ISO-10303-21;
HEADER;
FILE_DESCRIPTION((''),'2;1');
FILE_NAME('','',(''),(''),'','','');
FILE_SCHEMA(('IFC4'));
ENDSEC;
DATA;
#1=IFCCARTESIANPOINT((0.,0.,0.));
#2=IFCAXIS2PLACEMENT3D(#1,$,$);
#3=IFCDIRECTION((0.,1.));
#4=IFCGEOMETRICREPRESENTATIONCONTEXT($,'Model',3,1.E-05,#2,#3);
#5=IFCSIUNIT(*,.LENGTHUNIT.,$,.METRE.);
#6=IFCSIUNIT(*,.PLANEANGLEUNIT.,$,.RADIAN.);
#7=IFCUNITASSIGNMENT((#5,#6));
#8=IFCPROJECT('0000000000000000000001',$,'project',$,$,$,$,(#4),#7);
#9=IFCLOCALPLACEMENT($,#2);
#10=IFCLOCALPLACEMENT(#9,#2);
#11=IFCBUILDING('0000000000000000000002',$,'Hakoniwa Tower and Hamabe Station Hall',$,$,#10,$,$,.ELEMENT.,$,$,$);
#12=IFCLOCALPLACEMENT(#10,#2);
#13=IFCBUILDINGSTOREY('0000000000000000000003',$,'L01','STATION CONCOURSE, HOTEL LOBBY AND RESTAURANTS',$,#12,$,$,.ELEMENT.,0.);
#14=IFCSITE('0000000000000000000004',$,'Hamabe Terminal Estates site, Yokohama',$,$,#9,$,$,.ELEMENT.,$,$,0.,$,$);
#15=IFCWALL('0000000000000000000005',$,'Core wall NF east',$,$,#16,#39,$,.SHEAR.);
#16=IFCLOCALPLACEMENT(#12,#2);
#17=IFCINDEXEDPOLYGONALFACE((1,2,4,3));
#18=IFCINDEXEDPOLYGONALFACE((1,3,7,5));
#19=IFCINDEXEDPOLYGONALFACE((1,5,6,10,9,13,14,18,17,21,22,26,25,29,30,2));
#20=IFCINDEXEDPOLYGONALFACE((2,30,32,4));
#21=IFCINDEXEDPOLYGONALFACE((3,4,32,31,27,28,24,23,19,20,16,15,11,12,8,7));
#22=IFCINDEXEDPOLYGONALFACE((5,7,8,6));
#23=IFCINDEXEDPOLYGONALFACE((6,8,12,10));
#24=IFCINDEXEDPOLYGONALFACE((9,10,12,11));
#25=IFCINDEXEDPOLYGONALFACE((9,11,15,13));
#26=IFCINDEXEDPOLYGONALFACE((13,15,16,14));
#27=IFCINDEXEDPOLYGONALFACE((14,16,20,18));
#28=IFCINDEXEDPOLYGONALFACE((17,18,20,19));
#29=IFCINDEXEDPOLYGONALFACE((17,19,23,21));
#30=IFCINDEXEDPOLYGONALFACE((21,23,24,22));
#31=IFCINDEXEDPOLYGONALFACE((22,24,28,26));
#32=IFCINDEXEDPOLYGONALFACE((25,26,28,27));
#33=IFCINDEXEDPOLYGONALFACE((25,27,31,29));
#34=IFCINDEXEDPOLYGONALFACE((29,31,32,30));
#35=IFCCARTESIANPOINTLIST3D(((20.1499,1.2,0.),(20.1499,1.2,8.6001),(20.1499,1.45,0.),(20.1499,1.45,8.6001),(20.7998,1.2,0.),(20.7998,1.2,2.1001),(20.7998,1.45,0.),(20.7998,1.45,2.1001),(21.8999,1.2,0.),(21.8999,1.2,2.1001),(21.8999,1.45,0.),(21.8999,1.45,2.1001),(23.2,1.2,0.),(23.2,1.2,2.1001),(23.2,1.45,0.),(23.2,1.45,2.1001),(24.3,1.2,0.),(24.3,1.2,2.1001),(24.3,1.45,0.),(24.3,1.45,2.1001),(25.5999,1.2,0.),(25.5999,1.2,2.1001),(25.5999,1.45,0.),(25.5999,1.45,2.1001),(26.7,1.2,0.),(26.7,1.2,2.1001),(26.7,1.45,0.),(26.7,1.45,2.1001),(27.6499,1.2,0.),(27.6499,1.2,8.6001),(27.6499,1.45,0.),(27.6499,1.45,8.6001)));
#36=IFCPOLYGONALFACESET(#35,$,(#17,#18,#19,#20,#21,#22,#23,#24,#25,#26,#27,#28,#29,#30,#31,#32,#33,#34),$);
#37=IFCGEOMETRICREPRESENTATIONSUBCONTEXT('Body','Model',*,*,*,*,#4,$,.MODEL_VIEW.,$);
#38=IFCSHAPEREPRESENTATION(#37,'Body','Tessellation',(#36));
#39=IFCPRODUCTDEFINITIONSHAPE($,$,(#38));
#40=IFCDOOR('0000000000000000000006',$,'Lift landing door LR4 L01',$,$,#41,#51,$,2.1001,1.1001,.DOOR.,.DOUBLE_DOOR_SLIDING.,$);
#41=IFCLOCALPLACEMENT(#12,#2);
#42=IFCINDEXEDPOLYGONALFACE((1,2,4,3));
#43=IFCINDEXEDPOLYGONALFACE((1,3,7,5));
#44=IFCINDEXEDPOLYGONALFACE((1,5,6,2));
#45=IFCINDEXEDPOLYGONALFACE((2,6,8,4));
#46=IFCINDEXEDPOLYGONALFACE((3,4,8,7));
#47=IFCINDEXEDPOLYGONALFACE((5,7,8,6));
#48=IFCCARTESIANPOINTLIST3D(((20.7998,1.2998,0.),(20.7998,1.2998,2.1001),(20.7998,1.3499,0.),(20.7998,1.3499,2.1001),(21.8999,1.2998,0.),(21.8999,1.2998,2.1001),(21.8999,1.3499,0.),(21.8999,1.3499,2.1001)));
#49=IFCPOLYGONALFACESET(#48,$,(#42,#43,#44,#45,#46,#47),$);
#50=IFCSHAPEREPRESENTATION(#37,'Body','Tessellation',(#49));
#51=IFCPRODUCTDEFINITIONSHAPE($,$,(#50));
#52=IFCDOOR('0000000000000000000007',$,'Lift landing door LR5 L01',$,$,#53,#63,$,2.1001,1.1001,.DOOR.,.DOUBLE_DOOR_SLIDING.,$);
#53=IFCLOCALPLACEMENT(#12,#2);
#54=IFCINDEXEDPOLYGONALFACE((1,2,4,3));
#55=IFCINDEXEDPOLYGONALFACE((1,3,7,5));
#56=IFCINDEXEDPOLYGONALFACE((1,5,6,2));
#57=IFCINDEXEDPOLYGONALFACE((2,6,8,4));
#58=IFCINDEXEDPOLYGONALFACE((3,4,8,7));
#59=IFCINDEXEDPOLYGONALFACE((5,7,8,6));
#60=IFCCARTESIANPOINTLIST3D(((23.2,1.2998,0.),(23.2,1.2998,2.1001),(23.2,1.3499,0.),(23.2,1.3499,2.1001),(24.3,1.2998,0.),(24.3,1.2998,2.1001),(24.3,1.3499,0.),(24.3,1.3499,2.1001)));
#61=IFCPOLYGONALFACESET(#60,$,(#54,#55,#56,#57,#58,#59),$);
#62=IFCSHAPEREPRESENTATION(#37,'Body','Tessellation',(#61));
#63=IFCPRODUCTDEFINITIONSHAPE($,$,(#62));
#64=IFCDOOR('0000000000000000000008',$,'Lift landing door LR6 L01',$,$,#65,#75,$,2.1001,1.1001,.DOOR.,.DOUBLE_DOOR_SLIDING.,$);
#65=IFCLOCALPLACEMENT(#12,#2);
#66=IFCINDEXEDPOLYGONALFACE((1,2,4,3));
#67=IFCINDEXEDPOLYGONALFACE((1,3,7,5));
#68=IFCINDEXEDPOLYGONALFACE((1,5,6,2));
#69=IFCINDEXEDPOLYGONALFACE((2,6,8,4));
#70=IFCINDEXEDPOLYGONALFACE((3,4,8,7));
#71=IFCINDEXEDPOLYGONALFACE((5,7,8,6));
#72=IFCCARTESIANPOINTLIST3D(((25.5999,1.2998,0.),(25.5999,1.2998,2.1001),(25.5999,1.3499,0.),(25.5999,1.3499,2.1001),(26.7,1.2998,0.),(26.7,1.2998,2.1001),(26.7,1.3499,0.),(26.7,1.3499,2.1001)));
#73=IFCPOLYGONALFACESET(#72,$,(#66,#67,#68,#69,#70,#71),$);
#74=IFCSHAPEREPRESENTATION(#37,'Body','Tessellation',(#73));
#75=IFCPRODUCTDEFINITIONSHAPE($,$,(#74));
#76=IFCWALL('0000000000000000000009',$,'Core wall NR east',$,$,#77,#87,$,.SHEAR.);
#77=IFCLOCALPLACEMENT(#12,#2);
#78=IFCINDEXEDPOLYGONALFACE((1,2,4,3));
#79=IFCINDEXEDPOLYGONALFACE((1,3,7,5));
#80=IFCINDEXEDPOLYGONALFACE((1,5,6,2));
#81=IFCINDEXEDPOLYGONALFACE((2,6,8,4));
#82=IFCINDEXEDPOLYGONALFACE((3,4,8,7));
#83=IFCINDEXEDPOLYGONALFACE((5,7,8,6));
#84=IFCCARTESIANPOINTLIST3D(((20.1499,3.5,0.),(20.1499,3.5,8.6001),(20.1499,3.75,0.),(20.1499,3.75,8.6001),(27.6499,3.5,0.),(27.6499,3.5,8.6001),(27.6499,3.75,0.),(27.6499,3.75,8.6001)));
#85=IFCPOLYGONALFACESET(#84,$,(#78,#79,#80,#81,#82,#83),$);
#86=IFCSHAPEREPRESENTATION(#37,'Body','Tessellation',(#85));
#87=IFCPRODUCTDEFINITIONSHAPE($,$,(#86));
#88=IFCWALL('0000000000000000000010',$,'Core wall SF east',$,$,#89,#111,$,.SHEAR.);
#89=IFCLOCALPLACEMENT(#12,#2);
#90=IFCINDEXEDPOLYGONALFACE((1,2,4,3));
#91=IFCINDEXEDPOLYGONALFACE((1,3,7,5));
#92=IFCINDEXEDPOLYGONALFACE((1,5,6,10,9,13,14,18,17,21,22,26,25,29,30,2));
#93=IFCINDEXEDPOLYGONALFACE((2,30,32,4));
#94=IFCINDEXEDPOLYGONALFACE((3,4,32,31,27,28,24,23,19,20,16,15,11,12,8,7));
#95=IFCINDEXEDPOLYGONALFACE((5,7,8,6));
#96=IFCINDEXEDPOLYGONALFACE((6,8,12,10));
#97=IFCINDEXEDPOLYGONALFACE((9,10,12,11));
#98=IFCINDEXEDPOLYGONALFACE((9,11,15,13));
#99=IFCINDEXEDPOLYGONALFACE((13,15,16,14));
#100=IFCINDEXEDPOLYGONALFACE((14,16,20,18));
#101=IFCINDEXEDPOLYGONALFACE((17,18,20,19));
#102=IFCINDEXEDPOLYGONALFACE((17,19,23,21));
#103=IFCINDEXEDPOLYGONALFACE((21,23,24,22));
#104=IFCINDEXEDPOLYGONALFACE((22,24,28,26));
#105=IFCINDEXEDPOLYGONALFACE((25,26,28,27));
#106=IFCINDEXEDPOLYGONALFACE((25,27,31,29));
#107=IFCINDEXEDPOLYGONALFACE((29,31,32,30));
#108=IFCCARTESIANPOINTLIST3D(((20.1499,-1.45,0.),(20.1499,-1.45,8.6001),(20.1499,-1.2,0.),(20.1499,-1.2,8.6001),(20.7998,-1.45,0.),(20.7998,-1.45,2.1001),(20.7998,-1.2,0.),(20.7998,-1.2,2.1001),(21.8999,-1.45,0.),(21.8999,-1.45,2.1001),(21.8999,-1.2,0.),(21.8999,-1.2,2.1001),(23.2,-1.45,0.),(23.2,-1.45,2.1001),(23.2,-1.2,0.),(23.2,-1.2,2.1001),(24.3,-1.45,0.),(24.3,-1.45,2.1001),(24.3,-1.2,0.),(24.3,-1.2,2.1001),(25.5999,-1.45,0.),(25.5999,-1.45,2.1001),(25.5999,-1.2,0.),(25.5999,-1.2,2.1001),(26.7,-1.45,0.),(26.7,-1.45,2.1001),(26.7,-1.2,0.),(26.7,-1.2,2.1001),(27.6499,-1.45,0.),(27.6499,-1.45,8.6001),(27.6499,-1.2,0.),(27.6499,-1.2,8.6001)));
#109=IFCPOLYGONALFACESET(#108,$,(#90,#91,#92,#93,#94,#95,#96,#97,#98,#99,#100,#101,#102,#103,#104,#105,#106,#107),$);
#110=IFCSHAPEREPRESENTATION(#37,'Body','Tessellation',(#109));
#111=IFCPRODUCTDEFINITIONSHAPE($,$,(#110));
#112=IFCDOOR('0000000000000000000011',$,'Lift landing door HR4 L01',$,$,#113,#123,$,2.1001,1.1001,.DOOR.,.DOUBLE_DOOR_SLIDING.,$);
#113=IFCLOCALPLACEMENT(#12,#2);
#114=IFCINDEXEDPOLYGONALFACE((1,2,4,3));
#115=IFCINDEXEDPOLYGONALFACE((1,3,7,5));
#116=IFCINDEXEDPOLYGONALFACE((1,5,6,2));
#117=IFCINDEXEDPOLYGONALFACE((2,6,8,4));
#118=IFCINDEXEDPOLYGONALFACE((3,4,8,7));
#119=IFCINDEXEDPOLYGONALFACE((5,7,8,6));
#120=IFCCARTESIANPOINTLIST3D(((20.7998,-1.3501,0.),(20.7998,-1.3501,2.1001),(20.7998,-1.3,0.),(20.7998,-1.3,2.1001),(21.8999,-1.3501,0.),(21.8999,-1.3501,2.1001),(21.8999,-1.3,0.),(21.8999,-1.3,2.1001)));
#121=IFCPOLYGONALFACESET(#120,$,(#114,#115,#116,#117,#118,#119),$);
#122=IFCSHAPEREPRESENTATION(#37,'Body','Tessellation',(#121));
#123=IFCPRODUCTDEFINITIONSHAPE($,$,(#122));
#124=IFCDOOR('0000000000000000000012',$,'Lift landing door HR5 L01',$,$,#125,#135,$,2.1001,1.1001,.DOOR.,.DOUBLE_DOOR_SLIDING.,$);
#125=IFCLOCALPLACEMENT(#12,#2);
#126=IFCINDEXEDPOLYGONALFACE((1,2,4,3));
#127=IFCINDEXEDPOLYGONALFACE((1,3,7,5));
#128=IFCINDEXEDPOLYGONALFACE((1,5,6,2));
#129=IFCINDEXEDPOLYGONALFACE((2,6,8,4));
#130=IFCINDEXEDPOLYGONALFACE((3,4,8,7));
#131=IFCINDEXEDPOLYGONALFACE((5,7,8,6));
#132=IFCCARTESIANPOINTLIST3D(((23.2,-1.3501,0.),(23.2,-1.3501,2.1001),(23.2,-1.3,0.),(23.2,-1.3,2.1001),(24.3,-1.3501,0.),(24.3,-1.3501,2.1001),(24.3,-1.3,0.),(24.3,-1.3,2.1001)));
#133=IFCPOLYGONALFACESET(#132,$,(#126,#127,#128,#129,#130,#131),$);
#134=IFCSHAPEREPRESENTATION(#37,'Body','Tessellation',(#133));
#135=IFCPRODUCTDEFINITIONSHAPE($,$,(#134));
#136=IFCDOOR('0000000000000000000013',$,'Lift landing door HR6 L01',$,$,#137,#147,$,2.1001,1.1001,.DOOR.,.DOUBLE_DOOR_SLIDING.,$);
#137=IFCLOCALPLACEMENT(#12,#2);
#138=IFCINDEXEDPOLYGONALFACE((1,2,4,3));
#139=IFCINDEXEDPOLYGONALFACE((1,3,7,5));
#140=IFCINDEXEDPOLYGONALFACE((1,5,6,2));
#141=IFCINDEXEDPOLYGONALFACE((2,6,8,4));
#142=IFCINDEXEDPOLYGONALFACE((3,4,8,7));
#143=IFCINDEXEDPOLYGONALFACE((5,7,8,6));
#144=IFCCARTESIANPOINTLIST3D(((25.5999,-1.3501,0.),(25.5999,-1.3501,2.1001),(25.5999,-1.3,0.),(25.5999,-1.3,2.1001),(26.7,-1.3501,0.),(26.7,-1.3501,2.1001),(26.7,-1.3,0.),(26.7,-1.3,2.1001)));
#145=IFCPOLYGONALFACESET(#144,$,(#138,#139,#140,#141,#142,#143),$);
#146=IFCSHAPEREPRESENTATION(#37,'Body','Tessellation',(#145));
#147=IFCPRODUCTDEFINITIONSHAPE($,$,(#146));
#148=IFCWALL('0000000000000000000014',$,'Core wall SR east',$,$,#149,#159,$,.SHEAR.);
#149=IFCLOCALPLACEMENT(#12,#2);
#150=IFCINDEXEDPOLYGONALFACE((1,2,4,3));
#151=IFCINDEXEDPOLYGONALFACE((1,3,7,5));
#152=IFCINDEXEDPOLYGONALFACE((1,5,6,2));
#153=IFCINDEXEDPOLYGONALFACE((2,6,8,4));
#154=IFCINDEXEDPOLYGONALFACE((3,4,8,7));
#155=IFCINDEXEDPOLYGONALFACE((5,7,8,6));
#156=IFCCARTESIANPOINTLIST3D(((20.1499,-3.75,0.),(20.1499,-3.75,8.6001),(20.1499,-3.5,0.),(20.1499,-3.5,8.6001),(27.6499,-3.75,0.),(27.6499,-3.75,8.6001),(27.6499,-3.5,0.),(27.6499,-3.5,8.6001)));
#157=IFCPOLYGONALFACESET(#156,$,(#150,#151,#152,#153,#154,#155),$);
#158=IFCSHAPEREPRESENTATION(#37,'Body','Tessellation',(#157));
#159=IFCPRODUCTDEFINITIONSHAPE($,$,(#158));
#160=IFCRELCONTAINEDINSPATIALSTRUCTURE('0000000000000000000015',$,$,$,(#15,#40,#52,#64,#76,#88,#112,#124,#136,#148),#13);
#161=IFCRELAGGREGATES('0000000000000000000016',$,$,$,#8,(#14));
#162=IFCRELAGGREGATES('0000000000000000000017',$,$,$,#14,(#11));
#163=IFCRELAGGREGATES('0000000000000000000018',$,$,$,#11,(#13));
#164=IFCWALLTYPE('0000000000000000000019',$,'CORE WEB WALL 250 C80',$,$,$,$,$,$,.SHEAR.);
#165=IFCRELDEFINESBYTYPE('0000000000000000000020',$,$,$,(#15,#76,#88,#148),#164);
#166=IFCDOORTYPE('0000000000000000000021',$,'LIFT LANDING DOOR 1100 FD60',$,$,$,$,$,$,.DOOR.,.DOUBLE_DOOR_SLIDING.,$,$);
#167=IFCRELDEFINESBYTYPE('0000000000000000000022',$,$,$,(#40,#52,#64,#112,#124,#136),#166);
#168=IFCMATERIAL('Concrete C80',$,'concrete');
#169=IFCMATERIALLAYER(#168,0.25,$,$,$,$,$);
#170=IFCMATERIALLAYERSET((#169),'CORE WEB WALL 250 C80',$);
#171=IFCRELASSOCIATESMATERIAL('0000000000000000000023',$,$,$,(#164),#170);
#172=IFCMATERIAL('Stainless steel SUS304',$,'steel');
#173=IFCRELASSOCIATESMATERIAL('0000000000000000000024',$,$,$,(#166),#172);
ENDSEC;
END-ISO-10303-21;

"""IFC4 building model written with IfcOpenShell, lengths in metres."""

from ifc_helpers import new_model, si_unit, direction, frame, frame_2d, origin, place, context, subcontext, project, spatial, rectangle, extrude, material, layer, layer_set, type_object, element, fill, save


model = new_model("IFC4")

# Units and contexts
model_context = context("Model", 3, precision=1e-05, world=origin(), true_north=direction((0.0, 1.0)))
body_context = subcontext(model_context, "Body", "Model", "MODEL_VIEW")
ifc_project = project(units=[si_unit("LENGTHUNIT", "METRE"), si_unit("PLANEANGLEUNIT", "RADIAN")], contexts=[model_context])

# Site, building, storey
site_placement = place(None, origin())
site = spatial("IfcSite", under=ifc_project, at=site_placement, Name="Hamabe Terminal Estates site, Yokohama", CompositionType="ELEMENT", RefElevation=0.0)
building_placement = place(site_placement, origin())
building = spatial("IfcBuilding", under=site, at=building_placement, Name="Hakoniwa Tower and Hamabe Station Hall", CompositionType="ELEMENT")
storey_placement = place(building_placement, origin())
storey = spatial("IfcBuildingStorey", under=building, at=storey_placement, Name="L01", Description="STATION CONCOURSE, HOTEL LOBBY AND RESTAURANTS", CompositionType="ELEMENT", Elevation=0.0)

# Wall, openings, doors
ifc_material_1 = material(Name="Concrete C80", Category="concrete")
ifc_layer = layer(ifc_material_1, 0.25)
ifc_layer_set = layer_set([ifc_layer], Name="CORE WEB WALL 250 C80")
wall_type = type_object("IfcWallType", Name="CORE WEB WALL 250 C80", PredefinedType="SHEAR", material=ifc_layer_set)
wall_1_placement = place(storey_placement, frame((20.1499, 1.325, 0.0), z_axis=(0.0, 0.0, 1.0), x_axis=(1.0, 0.0, 0.0)))
wall_1 = element("IfcWall", 1, at=wall_1_placement, inside=storey, type_object=wall_type, Name="Core wall NF east", PredefinedType="SHEAR", context=body_context, shape_type="SweptSolid", body=[
    extrude(rectangle(XDim=7.5, YDim=0.25, at=frame_2d((3.75, 0.0))), origin(), (0.0, 0.0, 1.0), 8.6001),
])
opening_1_placement = place(wall_1_placement, frame((0.6499, 0.0, 0.0)))
opening_1 = element("IfcOpeningElement", 2, at=opening_1_placement, cuts=wall_1, PredefinedType="OPENING", context=body_context, shape_type="SweptSolid", body=[
    extrude(rectangle(XDim=1.1001, YDim=2.1001, at=frame_2d((0.55, 1.05))), frame((0.0, 0.135, 0.0), z_axis=(0.0, -1.0, 0.0), x_axis=(1.0, 0.0, 0.0)), (0.0, 0.0, 1.0), 0.27),
])
opening_2_placement = place(wall_1_placement, frame((3.05, 0.0, 0.0)))
opening_2 = element("IfcOpeningElement", 3, at=opening_2_placement, cuts=wall_1, PredefinedType="OPENING", context=body_context, shape_type="SweptSolid", body=[
    extrude(rectangle(XDim=1.1001, YDim=2.1001, at=frame_2d((0.55, 1.05))), frame((0.0, 0.135, 0.0), z_axis=(0.0, -1.0, 0.0), x_axis=(1.0, 0.0, 0.0)), (0.0, 0.0, 1.0), 0.27),
])
opening_3_placement = place(wall_1_placement, frame((5.45, 0.0, 0.0)))
opening_3 = element("IfcOpeningElement", 4, at=opening_3_placement, cuts=wall_1, PredefinedType="OPENING", context=body_context, shape_type="SweptSolid", body=[
    extrude(rectangle(XDim=1.1001, YDim=2.1001, at=frame_2d((0.55, 1.05))), frame((0.0, 0.135, 0.0), z_axis=(0.0, -1.0, 0.0), x_axis=(1.0, 0.0, 0.0)), (0.0, 0.0, 1.0), 0.27),
])
ifc_material_2 = material(Name="Stainless steel SUS304", Category="steel")
door_type_1 = type_object("IfcDoorType", Name="LIFT LANDING DOOR 1100 FD60", OperationType="DOUBLE_DOOR_SLIDING", PredefinedType="DOOR", material=ifc_material_2)
door_1_placement = place(opening_1_placement, origin())
door_1 = element("IfcDoor", 5, at=door_1_placement, inside=storey, type_object=door_type_1, Name="Lift landing door LR4 L01", OperationType="DOUBLE_DOOR_SLIDING", OverallHeight=2.1001, OverallWidth=1.1001, PredefinedType="DOOR", context=body_context, shape_type="SweptSolid", body=[
    extrude(rectangle(XDim=1.1001, YDim=2.1001, at=frame_2d((0.55, 1.05))), frame((0.0, 0.0249, 0.0), z_axis=(0.0, -1.0, 0.0), x_axis=(1.0, 0.0, 0.0)), (0.0, 0.0, 1.0), 0.05),
])
fill(opening_1, door_1)
door_2_placement = place(opening_2_placement, origin())
door_2 = element("IfcDoor", 6, at=door_2_placement, inside=storey, type_object=door_type_1, Name="Lift landing door LR5 L01", OperationType="DOUBLE_DOOR_SLIDING", OverallHeight=2.1001, OverallWidth=1.1001, PredefinedType="DOOR", context=body_context, shape_type="SweptSolid", body=[
    extrude(rectangle(XDim=1.1001, YDim=2.1001, at=frame_2d((0.55, 1.05))), frame((0.0, 0.0249, 0.0), z_axis=(0.0, -1.0, 0.0), x_axis=(1.0, 0.0, 0.0)), (0.0, 0.0, 1.0), 0.05),
])
fill(opening_2, door_2)
door_3_placement = place(opening_3_placement, origin())
door_3 = element("IfcDoor", 7, at=door_3_placement, inside=storey, type_object=door_type_1, Name="Lift landing door LR6 L01", OperationType="DOUBLE_DOOR_SLIDING", OverallHeight=2.1001, OverallWidth=1.1001, PredefinedType="DOOR", context=body_context, shape_type="SweptSolid", body=[
    extrude(rectangle(XDim=1.1001, YDim=2.1001, at=frame_2d((0.55, 1.05))), frame((0.0, 0.0249, 0.0), z_axis=(0.0, -1.0, 0.0), x_axis=(1.0, 0.0, 0.0)), (0.0, 0.0, 1.0), 0.05),
])
fill(opening_3, door_3)

# Wall
wall_2_placement = place(storey_placement, frame((20.1499, 3.625, 0.0), z_axis=(0.0, 0.0, 1.0), x_axis=(1.0, 0.0, 0.0)))
element("IfcWall", 8, at=wall_2_placement, inside=storey, type_object=wall_type, Name="Core wall NR east", PredefinedType="SHEAR", context=body_context, shape_type="SweptSolid", body=[
    extrude(rectangle(XDim=7.5, YDim=0.25, at=frame_2d((3.75, 0.0))), origin(), (0.0, 0.0, 1.0), 8.6001),
])

# Wall, openings, doors
wall_3_placement = place(storey_placement, frame((20.1499, -1.325, 0.0), z_axis=(0.0, 0.0, 1.0), x_axis=(1.0, 0.0, 0.0)))
wall_3 = element("IfcWall", 9, at=wall_3_placement, inside=storey, type_object=wall_type, Name="Core wall SF east", PredefinedType="SHEAR", context=body_context, shape_type="SweptSolid", body=[
    extrude(rectangle(XDim=7.5, YDim=0.25, at=frame_2d((3.75, 0.0))), origin(), (0.0, 0.0, 1.0), 8.6001),
])
opening_4_placement = place(wall_3_placement, frame((0.6499, 0.0, 0.0)))
opening_4 = element("IfcOpeningElement", 10, at=opening_4_placement, cuts=wall_3, PredefinedType="OPENING", context=body_context, shape_type="SweptSolid", body=[
    extrude(rectangle(XDim=1.1001, YDim=2.1001, at=frame_2d((0.55, 1.05))), frame((0.0, 0.135, 0.0), z_axis=(0.0, -1.0, 0.0), x_axis=(1.0, 0.0, 0.0)), (0.0, 0.0, 1.0), 0.27),
])
opening_5_placement = place(wall_3_placement, frame((3.05, 0.0, 0.0)))
opening_5 = element("IfcOpeningElement", 11, at=opening_5_placement, cuts=wall_3, PredefinedType="OPENING", context=body_context, shape_type="SweptSolid", body=[
    extrude(rectangle(XDim=1.1001, YDim=2.1001, at=frame_2d((0.55, 1.05))), frame((0.0, 0.135, 0.0), z_axis=(0.0, -1.0, 0.0), x_axis=(1.0, 0.0, 0.0)), (0.0, 0.0, 1.0), 0.27),
])
opening_6_placement = place(wall_3_placement, frame((5.45, 0.0, 0.0)))
opening_6 = element("IfcOpeningElement", 12, at=opening_6_placement, cuts=wall_3, PredefinedType="OPENING", context=body_context, shape_type="SweptSolid", body=[
    extrude(rectangle(XDim=1.1001, YDim=2.1001, at=frame_2d((0.55, 1.05))), frame((0.0, 0.135, 0.0), z_axis=(0.0, -1.0, 0.0), x_axis=(1.0, 0.0, 0.0)), (0.0, 0.0, 1.0), 0.27),
])
door_4_placement = place(opening_4_placement, origin())
door_4 = element("IfcDoor", 13, at=door_4_placement, inside=storey, type_object=door_type_1, Name="Lift landing door HR4 L01", OperationType="DOUBLE_DOOR_SLIDING", OverallHeight=2.1001, OverallWidth=1.1001, PredefinedType="DOOR", context=body_context, shape_type="SweptSolid", body=[
    extrude(rectangle(XDim=1.1001, YDim=2.1001, at=frame_2d((0.55, 1.05))), frame((0.0, 0.0249, 0.0), z_axis=(0.0, -1.0, 0.0), x_axis=(1.0, 0.0, 0.0)), (0.0, 0.0, 1.0), 0.05),
])
fill(opening_4, door_4)
door_5_placement = place(opening_5_placement, origin())
door_5 = element("IfcDoor", 14, at=door_5_placement, inside=storey, type_object=door_type_1, Name="Lift landing door HR5 L01", OperationType="DOUBLE_DOOR_SLIDING", OverallHeight=2.1001, OverallWidth=1.1001, PredefinedType="DOOR", context=body_context, shape_type="SweptSolid", body=[
    extrude(rectangle(XDim=1.1001, YDim=2.1001, at=frame_2d((0.55, 1.05))), frame((0.0, 0.0249, 0.0), z_axis=(0.0, -1.0, 0.0), x_axis=(1.0, 0.0, 0.0)), (0.0, 0.0, 1.0), 0.05),
])
fill(opening_5, door_5)
door_6_placement = place(opening_6_placement, origin())
door_6 = element("IfcDoor", 15, at=door_6_placement, inside=storey, type_object=door_type_1, Name="Lift landing door HR6 L01", OperationType="DOUBLE_DOOR_SLIDING", OverallHeight=2.1001, OverallWidth=1.1001, PredefinedType="DOOR", context=body_context, shape_type="SweptSolid", body=[
    extrude(rectangle(XDim=1.1001, YDim=2.1001, at=frame_2d((0.55, 1.05))), frame((0.0, 0.0249, 0.0), z_axis=(0.0, -1.0, 0.0), x_axis=(1.0, 0.0, 0.0)), (0.0, 0.0, 1.0), 0.05),
])
fill(opening_6, door_6)

# Wall
wall_4_placement = place(storey_placement, frame((20.1499, -3.625, 0.0), z_axis=(0.0, 0.0, 1.0), x_axis=(1.0, 0.0, 0.0)))
element("IfcWall", 16, at=wall_4_placement, inside=storey, type_object=wall_type, Name="Core wall SR east", PredefinedType="SHEAR", context=body_context, shape_type="SweptSolid", body=[
    extrude(rectangle(XDim=7.5, YDim=0.25, at=frame_2d((3.75, 0.0))), origin(), (0.0, 0.0, 1.0), 8.6001),
])

save(model, "model.ifc")
